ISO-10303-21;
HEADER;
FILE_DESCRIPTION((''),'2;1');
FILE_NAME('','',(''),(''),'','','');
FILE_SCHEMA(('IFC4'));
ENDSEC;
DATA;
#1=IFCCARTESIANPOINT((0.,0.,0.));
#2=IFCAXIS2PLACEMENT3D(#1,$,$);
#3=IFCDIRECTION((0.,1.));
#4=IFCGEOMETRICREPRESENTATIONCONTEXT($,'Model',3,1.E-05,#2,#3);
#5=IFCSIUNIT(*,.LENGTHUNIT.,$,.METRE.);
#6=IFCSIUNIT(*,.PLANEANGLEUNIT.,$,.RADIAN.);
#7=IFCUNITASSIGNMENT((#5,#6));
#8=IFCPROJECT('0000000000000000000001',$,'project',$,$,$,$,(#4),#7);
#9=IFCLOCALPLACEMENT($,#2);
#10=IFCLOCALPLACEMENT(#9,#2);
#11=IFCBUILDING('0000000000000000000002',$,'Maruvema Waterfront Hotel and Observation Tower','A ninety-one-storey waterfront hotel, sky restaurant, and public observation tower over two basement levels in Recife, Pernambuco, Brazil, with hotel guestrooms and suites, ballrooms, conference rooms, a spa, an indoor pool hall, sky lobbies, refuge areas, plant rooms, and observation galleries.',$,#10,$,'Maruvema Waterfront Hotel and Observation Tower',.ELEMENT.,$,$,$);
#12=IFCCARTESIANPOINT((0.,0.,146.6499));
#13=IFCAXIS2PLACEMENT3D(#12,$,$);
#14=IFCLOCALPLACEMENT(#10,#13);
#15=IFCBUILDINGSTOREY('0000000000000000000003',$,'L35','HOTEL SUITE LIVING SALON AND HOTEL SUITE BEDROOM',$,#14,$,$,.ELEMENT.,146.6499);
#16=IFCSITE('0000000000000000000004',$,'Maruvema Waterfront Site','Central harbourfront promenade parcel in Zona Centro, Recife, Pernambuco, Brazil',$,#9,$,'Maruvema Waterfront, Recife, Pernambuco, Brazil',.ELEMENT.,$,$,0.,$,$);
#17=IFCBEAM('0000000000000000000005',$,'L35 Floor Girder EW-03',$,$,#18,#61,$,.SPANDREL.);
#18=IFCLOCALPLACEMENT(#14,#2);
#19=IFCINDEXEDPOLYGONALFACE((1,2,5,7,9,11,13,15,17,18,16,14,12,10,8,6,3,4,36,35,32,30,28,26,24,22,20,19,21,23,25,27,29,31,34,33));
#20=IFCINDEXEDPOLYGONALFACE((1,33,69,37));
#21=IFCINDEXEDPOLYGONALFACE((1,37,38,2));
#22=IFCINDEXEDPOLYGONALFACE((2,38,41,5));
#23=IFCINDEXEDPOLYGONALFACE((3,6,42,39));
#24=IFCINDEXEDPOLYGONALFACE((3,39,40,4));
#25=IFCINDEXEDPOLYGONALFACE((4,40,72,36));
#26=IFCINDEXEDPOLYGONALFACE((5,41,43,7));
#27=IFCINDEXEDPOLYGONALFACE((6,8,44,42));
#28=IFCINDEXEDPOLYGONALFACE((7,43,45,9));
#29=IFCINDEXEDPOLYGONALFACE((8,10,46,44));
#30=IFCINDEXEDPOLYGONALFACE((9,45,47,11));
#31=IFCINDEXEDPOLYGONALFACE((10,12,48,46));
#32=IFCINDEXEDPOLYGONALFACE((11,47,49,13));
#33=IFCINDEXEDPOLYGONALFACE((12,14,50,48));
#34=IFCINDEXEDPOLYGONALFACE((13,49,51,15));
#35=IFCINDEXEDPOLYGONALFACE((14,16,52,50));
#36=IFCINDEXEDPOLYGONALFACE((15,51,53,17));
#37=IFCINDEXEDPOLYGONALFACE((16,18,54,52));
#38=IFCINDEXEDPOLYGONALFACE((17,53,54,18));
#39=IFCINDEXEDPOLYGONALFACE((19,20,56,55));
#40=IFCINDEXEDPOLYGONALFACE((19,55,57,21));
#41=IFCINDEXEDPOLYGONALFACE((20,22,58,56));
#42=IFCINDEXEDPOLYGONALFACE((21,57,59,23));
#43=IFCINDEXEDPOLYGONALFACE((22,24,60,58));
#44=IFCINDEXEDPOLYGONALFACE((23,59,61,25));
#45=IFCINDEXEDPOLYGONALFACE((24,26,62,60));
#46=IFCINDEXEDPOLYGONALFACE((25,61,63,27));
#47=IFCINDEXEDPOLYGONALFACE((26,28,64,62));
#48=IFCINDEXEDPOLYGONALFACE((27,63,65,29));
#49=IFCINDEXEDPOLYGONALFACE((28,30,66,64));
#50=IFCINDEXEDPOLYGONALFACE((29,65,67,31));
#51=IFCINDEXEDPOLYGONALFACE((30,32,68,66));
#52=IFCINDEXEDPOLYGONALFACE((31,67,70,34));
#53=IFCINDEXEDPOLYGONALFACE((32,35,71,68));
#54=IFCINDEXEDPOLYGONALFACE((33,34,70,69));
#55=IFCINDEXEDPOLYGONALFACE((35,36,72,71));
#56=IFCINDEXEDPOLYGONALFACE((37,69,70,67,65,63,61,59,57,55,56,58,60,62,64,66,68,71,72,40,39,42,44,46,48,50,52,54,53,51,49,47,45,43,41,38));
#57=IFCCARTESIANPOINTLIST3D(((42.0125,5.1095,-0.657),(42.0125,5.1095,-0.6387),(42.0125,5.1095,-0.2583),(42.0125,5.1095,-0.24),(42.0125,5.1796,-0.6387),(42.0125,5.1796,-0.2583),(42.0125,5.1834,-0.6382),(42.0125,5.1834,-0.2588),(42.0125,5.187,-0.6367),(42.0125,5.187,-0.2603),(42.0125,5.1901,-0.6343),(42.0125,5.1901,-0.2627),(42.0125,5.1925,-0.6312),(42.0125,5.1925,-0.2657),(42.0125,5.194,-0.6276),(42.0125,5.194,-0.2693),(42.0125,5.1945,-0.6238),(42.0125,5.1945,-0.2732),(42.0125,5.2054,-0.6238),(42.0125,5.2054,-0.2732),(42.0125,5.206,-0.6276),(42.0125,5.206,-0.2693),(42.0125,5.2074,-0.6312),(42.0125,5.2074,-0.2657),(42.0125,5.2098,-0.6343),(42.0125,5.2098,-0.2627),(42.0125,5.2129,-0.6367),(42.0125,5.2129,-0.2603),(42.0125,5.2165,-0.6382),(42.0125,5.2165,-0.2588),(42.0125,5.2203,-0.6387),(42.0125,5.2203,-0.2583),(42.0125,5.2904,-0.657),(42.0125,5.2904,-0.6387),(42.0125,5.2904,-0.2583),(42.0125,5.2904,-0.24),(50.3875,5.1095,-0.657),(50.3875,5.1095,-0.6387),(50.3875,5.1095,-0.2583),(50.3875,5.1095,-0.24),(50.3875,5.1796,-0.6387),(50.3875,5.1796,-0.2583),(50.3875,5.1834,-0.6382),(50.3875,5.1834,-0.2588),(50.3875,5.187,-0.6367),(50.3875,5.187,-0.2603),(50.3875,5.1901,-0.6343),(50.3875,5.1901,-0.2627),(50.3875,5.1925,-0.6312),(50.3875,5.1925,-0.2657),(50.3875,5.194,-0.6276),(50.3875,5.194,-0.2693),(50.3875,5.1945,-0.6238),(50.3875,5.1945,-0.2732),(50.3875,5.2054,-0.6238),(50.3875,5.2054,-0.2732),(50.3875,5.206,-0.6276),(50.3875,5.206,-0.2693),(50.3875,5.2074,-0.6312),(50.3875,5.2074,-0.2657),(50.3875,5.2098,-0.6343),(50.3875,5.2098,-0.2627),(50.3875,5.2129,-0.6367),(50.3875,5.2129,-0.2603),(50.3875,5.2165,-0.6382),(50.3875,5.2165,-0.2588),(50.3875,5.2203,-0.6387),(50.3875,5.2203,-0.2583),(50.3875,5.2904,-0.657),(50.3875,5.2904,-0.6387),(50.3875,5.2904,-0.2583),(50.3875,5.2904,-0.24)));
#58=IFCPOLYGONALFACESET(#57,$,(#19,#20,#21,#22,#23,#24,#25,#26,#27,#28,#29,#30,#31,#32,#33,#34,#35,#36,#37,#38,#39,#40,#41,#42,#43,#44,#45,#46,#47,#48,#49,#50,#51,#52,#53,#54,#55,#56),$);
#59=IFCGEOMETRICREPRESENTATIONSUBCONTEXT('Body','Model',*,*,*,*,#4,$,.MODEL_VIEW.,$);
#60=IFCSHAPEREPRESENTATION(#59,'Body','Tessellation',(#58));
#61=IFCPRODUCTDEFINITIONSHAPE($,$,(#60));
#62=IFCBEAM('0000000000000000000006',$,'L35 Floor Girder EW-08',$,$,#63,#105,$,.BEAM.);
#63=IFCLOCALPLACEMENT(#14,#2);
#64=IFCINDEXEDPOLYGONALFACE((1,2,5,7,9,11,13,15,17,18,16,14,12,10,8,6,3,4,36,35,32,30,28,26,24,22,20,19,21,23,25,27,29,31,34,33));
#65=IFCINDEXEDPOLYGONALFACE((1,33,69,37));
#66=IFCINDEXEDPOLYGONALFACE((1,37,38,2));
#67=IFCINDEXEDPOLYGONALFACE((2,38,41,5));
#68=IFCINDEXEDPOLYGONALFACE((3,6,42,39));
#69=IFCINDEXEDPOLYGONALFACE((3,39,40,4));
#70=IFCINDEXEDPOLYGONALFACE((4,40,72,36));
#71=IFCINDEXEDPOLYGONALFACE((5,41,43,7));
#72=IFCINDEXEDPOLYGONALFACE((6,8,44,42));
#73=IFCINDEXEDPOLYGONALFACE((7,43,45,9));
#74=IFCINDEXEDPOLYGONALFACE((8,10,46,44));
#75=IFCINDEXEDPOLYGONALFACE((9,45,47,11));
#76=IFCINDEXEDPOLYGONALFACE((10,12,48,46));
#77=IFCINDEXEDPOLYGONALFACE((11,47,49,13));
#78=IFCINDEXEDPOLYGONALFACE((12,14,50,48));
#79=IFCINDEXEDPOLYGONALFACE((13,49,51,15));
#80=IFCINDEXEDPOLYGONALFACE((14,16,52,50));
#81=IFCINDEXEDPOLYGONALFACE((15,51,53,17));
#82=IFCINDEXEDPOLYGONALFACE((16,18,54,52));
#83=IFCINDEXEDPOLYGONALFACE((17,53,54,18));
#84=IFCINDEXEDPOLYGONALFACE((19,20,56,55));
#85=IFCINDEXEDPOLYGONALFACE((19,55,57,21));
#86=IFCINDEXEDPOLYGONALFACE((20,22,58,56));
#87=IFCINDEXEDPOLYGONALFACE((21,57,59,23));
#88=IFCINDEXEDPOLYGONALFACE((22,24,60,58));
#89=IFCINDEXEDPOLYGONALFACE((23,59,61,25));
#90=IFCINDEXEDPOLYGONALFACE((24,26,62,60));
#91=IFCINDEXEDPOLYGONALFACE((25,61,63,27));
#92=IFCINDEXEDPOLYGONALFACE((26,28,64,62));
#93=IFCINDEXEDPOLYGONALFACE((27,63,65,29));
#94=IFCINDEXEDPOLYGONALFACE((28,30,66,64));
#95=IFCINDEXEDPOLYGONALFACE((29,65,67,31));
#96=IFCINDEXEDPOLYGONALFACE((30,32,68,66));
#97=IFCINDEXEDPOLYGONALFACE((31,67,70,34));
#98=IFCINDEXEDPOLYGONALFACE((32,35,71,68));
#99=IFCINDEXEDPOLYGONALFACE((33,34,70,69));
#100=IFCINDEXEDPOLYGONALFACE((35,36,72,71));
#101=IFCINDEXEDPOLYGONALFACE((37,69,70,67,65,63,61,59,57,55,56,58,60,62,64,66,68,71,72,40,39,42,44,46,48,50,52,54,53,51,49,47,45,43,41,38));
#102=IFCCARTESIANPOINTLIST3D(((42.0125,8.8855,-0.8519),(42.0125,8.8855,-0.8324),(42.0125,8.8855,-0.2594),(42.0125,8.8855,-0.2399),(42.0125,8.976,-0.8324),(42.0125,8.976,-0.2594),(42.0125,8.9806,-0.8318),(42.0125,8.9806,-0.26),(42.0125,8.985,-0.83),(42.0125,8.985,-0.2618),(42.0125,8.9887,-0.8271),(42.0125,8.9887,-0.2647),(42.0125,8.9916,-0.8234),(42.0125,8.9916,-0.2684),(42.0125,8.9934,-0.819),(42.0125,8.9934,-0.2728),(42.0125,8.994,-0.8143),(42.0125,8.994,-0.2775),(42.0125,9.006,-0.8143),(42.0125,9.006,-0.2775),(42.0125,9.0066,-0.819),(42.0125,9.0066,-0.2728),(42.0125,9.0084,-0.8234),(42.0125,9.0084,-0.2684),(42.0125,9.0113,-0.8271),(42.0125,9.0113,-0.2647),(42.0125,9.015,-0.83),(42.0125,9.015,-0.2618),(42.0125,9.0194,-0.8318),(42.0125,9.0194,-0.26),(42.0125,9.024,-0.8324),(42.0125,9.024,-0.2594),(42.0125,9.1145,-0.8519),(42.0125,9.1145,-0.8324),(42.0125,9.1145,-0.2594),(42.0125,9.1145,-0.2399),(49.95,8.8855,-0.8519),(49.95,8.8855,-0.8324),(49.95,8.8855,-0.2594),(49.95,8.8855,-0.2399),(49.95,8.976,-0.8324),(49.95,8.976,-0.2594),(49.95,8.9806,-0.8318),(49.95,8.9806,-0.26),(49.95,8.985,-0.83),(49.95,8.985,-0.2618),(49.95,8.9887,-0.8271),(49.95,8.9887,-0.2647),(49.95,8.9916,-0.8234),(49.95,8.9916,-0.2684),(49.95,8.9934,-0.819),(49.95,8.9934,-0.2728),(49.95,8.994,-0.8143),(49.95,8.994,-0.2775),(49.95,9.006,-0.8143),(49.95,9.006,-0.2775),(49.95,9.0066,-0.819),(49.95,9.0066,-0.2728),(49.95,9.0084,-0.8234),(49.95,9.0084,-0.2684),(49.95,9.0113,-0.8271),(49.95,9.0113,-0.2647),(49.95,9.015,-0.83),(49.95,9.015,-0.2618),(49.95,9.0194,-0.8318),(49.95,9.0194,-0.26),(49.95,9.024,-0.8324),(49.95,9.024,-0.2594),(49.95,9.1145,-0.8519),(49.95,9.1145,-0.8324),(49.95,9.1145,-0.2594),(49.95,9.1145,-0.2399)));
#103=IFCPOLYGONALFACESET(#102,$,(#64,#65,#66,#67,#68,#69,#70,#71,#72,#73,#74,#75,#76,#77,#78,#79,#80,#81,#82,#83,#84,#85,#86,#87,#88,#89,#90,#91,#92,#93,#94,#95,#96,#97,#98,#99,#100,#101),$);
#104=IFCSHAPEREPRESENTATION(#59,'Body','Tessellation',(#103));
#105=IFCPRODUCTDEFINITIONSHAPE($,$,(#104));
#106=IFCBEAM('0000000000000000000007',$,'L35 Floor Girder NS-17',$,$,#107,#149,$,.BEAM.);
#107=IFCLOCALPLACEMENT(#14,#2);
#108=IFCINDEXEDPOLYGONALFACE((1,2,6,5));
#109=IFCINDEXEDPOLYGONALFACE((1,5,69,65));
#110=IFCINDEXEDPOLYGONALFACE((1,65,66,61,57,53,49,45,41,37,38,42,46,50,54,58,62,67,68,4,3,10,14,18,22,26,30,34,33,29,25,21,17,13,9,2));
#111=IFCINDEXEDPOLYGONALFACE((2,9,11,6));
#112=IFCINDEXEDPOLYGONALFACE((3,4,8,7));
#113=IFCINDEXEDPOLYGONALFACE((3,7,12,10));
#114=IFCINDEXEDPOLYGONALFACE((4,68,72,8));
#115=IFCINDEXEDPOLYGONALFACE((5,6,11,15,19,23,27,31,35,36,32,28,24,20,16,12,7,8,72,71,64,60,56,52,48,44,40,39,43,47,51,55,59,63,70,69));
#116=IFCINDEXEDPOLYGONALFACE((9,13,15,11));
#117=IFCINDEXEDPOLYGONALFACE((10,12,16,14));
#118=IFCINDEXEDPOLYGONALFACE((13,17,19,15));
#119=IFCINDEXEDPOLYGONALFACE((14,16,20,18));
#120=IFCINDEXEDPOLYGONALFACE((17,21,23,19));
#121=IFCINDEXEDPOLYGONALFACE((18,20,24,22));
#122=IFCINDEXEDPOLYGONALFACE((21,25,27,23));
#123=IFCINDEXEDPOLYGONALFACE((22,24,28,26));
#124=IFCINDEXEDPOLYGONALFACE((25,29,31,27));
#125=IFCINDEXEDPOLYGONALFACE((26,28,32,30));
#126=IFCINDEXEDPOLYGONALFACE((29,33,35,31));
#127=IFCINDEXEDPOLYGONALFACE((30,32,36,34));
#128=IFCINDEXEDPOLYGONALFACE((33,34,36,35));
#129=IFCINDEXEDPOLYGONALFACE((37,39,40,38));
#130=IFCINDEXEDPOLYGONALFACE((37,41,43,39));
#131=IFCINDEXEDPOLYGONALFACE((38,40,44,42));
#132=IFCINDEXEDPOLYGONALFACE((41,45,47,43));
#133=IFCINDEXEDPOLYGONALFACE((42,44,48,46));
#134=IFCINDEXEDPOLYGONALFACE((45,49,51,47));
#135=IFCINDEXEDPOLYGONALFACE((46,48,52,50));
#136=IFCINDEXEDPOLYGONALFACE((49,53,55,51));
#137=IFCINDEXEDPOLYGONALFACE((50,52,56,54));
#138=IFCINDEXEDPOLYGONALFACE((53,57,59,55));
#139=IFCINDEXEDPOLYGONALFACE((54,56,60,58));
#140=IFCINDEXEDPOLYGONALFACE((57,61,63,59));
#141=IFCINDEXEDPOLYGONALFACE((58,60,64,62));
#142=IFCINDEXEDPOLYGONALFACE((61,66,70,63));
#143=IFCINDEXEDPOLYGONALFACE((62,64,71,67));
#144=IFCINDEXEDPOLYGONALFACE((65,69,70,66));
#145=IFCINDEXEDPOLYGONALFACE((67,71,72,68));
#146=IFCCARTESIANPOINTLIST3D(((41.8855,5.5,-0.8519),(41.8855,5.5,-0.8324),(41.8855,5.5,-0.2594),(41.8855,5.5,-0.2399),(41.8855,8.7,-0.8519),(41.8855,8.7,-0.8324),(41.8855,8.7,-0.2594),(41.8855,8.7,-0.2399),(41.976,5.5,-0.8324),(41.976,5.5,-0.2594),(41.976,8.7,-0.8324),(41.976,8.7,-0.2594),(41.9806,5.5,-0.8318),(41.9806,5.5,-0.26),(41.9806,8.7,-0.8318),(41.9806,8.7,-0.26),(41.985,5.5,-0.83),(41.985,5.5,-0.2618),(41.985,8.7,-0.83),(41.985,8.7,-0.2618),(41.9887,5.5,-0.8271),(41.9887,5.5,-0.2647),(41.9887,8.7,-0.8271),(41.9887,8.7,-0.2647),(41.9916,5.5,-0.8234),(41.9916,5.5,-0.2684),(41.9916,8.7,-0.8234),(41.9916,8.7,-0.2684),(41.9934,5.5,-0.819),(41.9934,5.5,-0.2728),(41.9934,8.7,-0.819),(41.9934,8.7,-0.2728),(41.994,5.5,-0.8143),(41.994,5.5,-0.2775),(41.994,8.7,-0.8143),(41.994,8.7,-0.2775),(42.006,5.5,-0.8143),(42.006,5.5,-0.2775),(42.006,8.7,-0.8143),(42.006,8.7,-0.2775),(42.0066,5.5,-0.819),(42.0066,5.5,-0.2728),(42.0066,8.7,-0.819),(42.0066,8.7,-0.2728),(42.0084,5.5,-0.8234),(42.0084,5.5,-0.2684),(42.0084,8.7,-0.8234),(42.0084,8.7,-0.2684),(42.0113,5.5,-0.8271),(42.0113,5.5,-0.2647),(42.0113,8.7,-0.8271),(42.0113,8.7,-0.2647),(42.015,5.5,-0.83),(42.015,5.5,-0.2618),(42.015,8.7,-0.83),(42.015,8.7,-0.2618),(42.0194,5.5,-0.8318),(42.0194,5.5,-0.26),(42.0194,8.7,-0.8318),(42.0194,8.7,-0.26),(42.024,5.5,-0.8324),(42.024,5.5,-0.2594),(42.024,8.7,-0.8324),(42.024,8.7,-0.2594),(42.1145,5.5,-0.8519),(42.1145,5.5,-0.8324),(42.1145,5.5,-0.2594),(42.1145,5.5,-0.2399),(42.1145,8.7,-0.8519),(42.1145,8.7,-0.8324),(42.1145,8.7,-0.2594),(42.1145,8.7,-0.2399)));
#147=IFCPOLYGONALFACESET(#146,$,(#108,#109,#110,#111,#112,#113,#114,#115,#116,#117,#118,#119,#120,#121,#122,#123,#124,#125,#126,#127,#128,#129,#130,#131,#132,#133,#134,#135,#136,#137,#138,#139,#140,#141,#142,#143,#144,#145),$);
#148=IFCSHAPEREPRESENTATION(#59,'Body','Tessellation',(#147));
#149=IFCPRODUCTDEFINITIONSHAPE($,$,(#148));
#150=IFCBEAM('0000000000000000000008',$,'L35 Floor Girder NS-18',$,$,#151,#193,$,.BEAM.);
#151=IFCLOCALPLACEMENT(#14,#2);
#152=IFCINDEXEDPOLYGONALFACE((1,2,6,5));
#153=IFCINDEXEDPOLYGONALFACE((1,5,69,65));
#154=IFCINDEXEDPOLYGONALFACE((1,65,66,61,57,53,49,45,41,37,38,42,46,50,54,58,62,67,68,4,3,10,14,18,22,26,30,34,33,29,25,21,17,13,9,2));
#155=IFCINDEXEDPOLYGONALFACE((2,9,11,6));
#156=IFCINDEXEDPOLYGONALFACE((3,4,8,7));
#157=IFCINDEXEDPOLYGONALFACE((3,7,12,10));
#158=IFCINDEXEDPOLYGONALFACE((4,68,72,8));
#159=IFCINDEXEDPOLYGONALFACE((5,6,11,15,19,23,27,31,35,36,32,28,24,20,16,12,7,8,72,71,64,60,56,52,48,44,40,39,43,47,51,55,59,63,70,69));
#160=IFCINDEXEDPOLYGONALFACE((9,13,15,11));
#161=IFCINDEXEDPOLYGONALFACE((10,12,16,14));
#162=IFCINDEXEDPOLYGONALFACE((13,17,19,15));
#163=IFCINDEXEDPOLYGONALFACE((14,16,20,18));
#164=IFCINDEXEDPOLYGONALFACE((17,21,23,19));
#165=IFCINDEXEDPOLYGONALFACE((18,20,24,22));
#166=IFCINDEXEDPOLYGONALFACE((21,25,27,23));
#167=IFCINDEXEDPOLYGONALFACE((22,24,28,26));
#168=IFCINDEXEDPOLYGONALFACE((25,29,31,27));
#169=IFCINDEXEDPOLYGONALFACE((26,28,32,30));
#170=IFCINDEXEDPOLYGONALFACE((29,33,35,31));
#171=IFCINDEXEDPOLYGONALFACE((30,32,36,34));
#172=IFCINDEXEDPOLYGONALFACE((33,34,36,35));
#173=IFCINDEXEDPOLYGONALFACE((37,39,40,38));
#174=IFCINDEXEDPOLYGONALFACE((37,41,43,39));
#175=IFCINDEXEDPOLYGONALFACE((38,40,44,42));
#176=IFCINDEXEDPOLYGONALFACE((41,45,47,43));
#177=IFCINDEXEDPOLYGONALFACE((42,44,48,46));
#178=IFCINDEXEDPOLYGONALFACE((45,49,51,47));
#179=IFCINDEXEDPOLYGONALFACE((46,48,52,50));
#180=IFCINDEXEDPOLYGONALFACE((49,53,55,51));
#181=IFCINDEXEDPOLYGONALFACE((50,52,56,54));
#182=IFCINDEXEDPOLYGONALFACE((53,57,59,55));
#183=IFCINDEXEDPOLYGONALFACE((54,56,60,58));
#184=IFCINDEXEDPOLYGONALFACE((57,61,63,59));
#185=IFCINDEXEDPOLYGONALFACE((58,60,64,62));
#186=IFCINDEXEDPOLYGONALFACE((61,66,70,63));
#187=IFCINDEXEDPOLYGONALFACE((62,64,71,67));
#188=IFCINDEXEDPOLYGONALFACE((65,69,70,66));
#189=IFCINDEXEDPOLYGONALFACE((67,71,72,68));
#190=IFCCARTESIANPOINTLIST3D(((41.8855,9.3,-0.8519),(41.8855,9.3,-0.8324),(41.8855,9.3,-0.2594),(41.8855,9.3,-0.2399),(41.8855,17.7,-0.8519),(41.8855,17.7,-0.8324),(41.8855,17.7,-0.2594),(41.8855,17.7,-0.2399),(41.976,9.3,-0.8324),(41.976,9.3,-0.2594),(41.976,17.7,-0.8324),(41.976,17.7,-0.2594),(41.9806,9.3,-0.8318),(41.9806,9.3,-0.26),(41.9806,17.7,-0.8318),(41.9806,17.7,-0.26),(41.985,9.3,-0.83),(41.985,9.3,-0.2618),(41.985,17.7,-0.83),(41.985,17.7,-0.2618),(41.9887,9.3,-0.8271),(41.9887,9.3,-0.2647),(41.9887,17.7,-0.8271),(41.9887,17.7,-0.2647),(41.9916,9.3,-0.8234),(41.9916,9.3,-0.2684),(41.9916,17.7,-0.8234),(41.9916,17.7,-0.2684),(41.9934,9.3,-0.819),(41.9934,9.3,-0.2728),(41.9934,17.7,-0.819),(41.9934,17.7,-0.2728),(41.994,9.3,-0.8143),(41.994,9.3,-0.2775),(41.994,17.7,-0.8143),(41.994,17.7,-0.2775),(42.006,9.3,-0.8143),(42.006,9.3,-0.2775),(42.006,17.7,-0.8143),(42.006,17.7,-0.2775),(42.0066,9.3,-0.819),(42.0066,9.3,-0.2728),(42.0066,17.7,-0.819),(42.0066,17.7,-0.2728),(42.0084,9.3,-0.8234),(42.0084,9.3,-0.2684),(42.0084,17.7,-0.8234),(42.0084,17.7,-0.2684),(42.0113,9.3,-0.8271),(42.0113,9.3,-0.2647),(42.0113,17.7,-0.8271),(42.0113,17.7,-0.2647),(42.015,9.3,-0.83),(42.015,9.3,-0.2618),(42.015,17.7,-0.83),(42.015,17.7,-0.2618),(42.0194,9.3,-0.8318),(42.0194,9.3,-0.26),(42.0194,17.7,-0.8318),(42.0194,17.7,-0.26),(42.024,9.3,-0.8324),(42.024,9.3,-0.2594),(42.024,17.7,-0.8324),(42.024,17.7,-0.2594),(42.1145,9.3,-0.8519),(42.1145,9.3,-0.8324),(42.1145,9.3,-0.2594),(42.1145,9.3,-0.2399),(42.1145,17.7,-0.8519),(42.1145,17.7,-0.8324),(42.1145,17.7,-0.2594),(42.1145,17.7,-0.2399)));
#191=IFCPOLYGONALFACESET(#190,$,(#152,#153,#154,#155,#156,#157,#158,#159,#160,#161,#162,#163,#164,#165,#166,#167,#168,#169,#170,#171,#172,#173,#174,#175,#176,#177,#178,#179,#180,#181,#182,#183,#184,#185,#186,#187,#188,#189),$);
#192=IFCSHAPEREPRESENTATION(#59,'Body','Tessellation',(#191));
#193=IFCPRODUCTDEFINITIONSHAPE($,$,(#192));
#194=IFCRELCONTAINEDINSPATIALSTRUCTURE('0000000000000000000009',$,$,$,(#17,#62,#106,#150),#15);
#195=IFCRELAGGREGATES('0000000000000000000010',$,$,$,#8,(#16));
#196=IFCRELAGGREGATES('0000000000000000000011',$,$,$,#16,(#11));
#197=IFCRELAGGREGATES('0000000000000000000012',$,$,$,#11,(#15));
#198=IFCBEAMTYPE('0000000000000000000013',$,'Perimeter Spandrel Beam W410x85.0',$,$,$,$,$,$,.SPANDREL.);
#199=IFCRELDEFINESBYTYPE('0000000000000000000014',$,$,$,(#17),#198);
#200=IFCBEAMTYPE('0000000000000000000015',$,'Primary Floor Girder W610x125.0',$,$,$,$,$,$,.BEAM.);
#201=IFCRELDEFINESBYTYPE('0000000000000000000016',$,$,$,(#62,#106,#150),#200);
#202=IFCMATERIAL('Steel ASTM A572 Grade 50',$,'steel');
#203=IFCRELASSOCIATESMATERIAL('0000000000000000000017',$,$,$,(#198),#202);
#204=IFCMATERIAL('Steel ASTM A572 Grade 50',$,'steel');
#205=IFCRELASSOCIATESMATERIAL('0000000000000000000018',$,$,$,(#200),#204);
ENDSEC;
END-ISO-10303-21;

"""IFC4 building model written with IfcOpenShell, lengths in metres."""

from ifc_helpers import new_model, si_unit, direction, frame, origin, origin_2d, place, context, subcontext, project, spatial, i_section, extrude, material, material_profile, profile_set, type_object, element, save


model = new_model("IFC4")

# Units and contexts
model_context = context("Model", 3, precision=1e-05, world=origin(), true_north=direction((0.0, 1.0)))
body_context = subcontext(model_context, "Body", "Model", "MODEL_VIEW")
ifc_project = project(units=[si_unit("LENGTHUNIT", "METRE"), si_unit("PLANEANGLEUNIT", "RADIAN")], contexts=[model_context])

# Site, building, storey
site_placement = place(None, origin())
site = spatial("IfcSite", under=ifc_project, at=site_placement, Name="Maruvema Waterfront Site", Description="Central harbourfront promenade parcel in Zona Centro, Recife, Pernambuco, Brazil", LongName="Maruvema Waterfront, Recife, Pernambuco, Brazil", CompositionType="ELEMENT", RefElevation=0.0)
building_placement = place(site_placement, origin())
building = spatial("IfcBuilding", under=site, at=building_placement, Name="Maruvema Waterfront Hotel and Observation Tower", Description="A ninety-one-storey waterfront hotel, sky restaurant, and public observation tower over two basement levels in Recife, Pernambuco, Brazil, with hotel guestrooms and suites, ballrooms, conference rooms, a spa, an indoor pool hall, sky lobbies, refuge areas, plant rooms, and observation galleries.", LongName="Maruvema Waterfront Hotel and Observation Tower", CompositionType="ELEMENT")
storey_placement = place(building_placement, frame((0.0, 0.0, 146.6499)))
storey = spatial("IfcBuildingStorey", under=building, at=storey_placement, Name="L35", Description="HOTEL SUITE LIVING SALON AND HOTEL SUITE BEDROOM", CompositionType="ELEMENT", Elevation=146.6499)

# Beams
ifc_material_1 = material(Name="Steel ASTM A572 Grade 50", Category="steel")
ifc_material_profile_1 = material_profile(ifc_material_1, i_section(OverallWidth=0.1809, OverallDepth=0.417, WebThickness=0.011, FlangeThickness=0.0183, FilletRadius=0.0149, at=origin_2d()), Name="W410x85.0")
ifc_profile_set_1 = profile_set([ifc_material_profile_1], Name="Steel ASTM A572 Grade 50")
beam_type_1 = type_object("IfcBeamType", Name="Perimeter Spandrel Beam W410x85.0", PredefinedType="SPANDREL", material=ifc_profile_set_1)
beam_1_placement = place(storey_placement, frame((42.0125, 5.2, -0.4485), z_axis=(1.0, 0.0, 0.0), x_axis=(0.0, 1.0, 0.0)))
element("IfcBeam", 1, at=beam_1_placement, inside=storey, type_object=beam_type_1, Name="L35 Floor Girder EW-03", PredefinedType="SPANDREL", context=body_context, shape_type="SweptSolid", body=[
    extrude(i_section(OverallWidth=0.1809, OverallDepth=0.417, WebThickness=0.011, FlangeThickness=0.0183, FilletRadius=0.0149, at=origin_2d()), origin(), (0.0, 0.0, 1.0), 8.375),
])
ifc_material_2 = material(Name="Steel ASTM A572 Grade 50", Category="steel")
ifc_material_profile_2 = material_profile(ifc_material_2, i_section(OverallWidth=0.229, OverallDepth=0.6121, WebThickness=0.012, FlangeThickness=0.0195, FilletRadius=0.0181, at=origin_2d()), Name="W610x125.0")
ifc_profile_set_2 = profile_set([ifc_material_profile_2], Name="Steel ASTM A572 Grade 50")
beam_type_2 = type_object("IfcBeamType", Name="Primary Floor Girder W610x125.0", PredefinedType="BEAM", material=ifc_profile_set_2)
beam_2_placement = place(storey_placement, frame((42.0125, 9.0, -0.5459), z_axis=(1.0, 0.0, 0.0), x_axis=(0.0, 1.0, 0.0)))
element("IfcBeam", 2, at=beam_2_placement, inside=storey, type_object=beam_type_2, Name="L35 Floor Girder EW-08", PredefinedType="BEAM", context=body_context, shape_type="SweptSolid", body=[
    extrude(i_section(OverallWidth=0.229, OverallDepth=0.6121, WebThickness=0.012, FlangeThickness=0.0195, FilletRadius=0.0181, at=origin_2d()), origin(), (0.0, 0.0, 1.0), 7.9375),
])
beam_3_placement = place(storey_placement, frame((42.0, 5.5, -0.5459), z_axis=(0.0, 1.0, 0.0), x_axis=(-1.0, 0.0, 0.0)))
element("IfcBeam", 3, at=beam_3_placement, inside=storey, type_object=beam_type_2, Name="L35 Floor Girder NS-17", PredefinedType="BEAM", context=body_context, shape_type="SweptSolid", body=[
    extrude(i_section(OverallWidth=0.229, OverallDepth=0.6121, WebThickness=0.012, FlangeThickness=0.0195, FilletRadius=0.0181, at=origin_2d()), origin(), (0.0, 0.0, 1.0), 3.2),
])
beam_4_placement = place(storey_placement, frame((42.0, 9.3, -0.5459), z_axis=(0.0, 1.0, 0.0), x_axis=(-1.0, 0.0, 0.0)))
element("IfcBeam", 4, at=beam_4_placement, inside=storey, type_object=beam_type_2, Name="L35 Floor Girder NS-18", PredefinedType="BEAM", context=body_context, shape_type="SweptSolid", body=[
    extrude(i_section(OverallWidth=0.229, OverallDepth=0.6121, WebThickness=0.012, FlangeThickness=0.0195, FilletRadius=0.0181, at=origin_2d()), origin(), (0.0, 0.0, 1.0), 8.3999),
])

save(model, "model.ifc")
